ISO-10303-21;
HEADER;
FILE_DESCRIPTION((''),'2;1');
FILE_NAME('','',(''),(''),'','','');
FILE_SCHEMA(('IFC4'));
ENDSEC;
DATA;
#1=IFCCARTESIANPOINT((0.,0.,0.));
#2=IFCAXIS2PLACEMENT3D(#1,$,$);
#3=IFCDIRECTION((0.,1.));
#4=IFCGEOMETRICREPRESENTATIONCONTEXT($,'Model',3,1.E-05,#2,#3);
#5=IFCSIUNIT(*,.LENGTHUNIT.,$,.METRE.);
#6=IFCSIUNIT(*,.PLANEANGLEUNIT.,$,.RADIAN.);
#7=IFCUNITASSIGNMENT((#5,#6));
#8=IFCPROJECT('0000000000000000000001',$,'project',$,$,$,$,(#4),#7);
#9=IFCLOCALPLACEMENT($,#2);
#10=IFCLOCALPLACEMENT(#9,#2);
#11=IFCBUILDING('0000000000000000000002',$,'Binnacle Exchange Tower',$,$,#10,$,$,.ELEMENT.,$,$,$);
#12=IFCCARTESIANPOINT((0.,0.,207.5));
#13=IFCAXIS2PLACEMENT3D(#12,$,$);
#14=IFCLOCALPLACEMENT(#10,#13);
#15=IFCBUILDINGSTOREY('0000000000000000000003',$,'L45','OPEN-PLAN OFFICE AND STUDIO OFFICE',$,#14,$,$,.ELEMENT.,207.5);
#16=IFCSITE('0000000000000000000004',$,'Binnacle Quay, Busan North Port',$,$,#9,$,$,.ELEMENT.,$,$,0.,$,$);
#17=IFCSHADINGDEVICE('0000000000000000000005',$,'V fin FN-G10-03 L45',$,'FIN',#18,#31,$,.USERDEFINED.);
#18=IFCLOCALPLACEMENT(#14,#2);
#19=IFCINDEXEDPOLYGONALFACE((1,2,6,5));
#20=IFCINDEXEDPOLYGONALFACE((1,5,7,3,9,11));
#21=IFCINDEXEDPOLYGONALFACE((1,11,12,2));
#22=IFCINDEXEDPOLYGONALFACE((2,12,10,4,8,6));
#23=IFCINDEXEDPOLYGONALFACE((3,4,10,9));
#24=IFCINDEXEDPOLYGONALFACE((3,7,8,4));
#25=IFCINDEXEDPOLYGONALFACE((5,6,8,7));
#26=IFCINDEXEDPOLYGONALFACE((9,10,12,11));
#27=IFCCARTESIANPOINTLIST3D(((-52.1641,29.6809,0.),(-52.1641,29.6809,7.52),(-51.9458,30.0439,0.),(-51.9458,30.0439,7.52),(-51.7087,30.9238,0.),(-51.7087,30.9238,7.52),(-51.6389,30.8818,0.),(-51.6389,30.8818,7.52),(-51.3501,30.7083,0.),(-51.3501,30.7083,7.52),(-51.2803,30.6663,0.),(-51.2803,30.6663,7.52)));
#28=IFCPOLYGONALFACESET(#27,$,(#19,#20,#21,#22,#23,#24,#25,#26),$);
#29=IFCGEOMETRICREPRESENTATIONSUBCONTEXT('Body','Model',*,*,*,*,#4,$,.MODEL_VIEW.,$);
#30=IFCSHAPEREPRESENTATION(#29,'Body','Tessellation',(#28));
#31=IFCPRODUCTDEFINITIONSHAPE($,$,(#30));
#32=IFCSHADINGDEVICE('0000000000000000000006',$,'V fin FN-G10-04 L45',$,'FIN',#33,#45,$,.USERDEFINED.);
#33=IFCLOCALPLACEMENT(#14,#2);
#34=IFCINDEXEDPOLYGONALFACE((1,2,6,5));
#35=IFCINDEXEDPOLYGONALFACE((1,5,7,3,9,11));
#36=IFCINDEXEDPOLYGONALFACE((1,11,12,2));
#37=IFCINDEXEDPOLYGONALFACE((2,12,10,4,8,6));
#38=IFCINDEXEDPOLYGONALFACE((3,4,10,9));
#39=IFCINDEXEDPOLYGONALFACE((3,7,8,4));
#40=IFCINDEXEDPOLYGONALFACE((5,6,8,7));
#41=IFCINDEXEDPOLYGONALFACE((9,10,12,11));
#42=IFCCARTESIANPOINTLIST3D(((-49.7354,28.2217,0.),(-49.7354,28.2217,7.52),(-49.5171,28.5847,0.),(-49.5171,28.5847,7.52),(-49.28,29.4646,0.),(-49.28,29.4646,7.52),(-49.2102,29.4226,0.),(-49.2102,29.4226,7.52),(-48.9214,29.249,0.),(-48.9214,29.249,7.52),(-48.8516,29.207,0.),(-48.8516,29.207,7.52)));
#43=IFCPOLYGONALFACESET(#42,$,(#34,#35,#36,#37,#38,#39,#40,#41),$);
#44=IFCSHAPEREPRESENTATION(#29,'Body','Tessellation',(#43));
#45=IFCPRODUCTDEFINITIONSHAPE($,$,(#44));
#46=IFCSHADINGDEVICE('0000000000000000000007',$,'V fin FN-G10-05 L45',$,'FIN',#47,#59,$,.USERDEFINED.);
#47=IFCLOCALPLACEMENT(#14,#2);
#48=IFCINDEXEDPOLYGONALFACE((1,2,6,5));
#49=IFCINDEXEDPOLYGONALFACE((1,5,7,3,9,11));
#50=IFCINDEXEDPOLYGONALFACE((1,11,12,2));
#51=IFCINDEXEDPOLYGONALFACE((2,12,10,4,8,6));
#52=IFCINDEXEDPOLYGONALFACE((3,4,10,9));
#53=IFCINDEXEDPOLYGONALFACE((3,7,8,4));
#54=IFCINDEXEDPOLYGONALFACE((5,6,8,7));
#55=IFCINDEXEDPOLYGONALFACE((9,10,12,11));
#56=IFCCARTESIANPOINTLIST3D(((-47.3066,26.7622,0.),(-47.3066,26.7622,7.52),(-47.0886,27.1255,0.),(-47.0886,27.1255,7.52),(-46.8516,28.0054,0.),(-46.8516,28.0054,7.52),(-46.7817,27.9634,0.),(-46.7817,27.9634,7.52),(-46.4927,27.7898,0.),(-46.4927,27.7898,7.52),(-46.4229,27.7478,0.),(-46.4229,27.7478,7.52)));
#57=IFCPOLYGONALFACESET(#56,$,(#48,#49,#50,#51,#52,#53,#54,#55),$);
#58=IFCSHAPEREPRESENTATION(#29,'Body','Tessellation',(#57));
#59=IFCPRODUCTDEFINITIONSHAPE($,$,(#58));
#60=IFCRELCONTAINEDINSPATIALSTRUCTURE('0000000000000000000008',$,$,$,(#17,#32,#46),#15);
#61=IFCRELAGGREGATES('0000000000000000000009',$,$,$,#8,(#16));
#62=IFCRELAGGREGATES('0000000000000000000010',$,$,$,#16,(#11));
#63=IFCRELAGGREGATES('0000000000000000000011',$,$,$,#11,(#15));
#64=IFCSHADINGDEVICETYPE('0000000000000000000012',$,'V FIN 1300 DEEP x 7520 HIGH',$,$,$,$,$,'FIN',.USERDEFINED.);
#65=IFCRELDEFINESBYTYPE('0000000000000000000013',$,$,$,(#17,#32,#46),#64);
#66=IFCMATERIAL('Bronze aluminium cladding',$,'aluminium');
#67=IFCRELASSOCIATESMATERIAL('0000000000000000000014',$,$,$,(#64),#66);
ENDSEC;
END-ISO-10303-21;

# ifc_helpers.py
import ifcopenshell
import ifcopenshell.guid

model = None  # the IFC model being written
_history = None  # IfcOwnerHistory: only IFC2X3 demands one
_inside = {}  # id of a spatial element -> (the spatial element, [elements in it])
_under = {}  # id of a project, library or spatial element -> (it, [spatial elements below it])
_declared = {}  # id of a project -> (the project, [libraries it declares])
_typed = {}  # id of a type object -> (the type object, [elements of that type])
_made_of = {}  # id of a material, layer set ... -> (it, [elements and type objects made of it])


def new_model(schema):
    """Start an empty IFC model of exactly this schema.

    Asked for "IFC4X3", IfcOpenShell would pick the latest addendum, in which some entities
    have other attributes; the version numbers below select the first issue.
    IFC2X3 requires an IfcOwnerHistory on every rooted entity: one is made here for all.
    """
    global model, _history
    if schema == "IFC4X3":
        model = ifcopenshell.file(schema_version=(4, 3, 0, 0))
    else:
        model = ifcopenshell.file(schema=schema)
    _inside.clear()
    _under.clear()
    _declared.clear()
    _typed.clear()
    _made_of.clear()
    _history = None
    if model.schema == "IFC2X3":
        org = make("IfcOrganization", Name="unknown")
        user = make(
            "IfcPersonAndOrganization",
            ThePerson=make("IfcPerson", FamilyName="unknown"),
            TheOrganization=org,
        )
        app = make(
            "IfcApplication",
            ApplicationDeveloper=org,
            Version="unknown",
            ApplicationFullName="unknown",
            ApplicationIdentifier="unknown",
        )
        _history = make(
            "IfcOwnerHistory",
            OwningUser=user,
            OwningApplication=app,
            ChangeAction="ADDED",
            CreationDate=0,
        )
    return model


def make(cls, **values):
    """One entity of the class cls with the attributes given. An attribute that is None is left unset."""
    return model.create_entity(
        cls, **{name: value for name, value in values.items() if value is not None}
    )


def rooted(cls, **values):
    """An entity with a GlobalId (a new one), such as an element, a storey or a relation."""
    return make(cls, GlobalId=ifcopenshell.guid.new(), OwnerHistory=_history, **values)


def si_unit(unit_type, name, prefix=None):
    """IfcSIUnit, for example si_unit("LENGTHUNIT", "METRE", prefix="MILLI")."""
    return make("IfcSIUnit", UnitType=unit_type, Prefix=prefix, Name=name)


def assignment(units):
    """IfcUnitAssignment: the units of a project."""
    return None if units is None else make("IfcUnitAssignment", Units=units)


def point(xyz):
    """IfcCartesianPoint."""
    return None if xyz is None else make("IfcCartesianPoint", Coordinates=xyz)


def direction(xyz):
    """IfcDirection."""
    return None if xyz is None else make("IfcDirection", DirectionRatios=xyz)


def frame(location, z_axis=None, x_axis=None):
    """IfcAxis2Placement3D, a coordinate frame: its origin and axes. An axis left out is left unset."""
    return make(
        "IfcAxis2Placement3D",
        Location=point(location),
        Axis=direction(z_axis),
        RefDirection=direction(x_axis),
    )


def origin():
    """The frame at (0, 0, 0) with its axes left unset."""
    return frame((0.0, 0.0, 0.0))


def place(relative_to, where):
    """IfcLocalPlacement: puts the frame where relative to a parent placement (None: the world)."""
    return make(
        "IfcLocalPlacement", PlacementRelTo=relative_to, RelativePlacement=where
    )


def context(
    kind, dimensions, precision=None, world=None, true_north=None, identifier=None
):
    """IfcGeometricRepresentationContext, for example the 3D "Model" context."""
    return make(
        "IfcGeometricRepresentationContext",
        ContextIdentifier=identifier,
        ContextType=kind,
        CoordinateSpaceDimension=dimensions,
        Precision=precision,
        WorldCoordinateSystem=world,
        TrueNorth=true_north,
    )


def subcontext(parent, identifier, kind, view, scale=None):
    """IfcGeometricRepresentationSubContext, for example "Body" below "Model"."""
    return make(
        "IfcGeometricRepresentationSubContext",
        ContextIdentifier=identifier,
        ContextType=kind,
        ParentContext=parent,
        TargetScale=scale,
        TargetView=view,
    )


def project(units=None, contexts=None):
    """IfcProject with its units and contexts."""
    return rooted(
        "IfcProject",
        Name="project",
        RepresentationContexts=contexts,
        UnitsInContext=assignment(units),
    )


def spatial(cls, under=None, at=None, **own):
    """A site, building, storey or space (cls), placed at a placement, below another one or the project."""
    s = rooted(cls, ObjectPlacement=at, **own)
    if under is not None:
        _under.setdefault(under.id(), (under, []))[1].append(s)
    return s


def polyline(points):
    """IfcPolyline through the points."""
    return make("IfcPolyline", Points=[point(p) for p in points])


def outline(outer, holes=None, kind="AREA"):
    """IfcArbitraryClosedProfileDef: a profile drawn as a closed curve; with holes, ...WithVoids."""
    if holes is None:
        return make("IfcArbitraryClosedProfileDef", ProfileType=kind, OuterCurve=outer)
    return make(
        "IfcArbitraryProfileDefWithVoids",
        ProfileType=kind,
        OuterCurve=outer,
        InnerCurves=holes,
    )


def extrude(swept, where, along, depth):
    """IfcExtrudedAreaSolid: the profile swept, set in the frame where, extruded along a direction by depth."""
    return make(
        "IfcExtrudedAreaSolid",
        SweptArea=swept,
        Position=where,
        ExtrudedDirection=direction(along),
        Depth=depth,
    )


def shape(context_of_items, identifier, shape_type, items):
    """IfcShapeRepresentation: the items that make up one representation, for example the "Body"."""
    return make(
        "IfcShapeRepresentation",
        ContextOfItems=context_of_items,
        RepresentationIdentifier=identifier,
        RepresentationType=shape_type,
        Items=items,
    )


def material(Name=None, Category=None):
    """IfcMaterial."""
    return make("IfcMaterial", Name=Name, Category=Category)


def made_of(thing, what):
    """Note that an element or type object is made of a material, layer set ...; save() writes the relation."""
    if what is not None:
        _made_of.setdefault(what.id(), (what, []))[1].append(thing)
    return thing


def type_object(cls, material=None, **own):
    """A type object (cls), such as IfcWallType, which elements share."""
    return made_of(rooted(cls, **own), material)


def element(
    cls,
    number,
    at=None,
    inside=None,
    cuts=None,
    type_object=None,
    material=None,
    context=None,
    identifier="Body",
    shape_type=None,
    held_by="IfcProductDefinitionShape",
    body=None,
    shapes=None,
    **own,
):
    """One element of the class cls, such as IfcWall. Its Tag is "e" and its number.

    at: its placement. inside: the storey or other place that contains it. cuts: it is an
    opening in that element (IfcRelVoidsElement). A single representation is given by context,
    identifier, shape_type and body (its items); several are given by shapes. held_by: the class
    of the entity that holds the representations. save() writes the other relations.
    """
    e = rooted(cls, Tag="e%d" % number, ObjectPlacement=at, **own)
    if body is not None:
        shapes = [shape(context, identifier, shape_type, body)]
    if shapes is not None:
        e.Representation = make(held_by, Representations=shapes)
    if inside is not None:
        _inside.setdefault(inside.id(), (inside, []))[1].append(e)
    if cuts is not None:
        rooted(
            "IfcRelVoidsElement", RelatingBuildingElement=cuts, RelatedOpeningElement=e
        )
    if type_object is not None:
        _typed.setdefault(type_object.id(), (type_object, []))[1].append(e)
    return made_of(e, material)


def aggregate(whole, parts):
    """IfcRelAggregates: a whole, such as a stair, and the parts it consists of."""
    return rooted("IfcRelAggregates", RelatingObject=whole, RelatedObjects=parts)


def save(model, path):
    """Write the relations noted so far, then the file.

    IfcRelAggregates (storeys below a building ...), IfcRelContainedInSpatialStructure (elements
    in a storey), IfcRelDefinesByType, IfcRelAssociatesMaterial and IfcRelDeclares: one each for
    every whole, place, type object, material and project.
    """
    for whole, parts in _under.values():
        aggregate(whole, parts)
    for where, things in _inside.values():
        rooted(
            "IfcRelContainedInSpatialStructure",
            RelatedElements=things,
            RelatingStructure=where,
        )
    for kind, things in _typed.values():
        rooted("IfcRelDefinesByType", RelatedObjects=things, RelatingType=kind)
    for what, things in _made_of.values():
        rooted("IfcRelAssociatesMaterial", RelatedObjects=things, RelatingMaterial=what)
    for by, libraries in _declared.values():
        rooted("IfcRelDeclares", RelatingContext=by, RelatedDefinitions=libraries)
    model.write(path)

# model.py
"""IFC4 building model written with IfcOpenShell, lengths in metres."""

from ifc_helpers import new_model, si_unit, direction, frame, origin, place, context, subcontext, project, spatial, polyline, outline, extrude, material, type_object, element, save


model = new_model("IFC4")

# Units and contexts
model_context = context("Model", 3, precision=1e-05, world=origin(), true_north=direction((0.0, 1.0)))
body_context = subcontext(model_context, "Body", "Model", "MODEL_VIEW")
ifc_project = project(units=[si_unit("LENGTHUNIT", "METRE"), si_unit("PLANEANGLEUNIT", "RADIAN")], contexts=[model_context])

# Site, building, storey
site_placement = place(None, origin())
site = spatial("IfcSite", under=ifc_project, at=site_placement, Name="Binnacle Quay, Busan North Port", CompositionType="ELEMENT", RefElevation=0.0)
building_placement = place(site_placement, origin())
building = spatial("IfcBuilding", under=site, at=building_placement, Name="Binnacle Exchange Tower", CompositionType="ELEMENT")
storey_placement = place(building_placement, frame((0.0, 0.0, 207.5)))
storey = spatial("IfcBuildingStorey", under=building, at=storey_placement, Name="L45", Description="OPEN-PLAN OFFICE AND STUDIO OFFICE", CompositionType="ELEMENT", Elevation=207.5)

# Shading devices
ifc_material_1 = material(Name="Bronze aluminium cladding", Category="aluminium")
shading_device_type = type_object("IfcShadingDeviceType", Name="V FIN 1300 DEEP x 7520 HIGH", ElementType="FIN", PredefinedType="USERDEFINED", material=ifc_material_1)
shading_device_1_placement = place(storey_placement, origin())
element("IfcShadingDevice", 1, at=shading_device_1_placement, inside=storey, type_object=shading_device_type, Name="V fin FN-G10-03 L45", ObjectType="FIN", PredefinedType="USERDEFINED", context=body_context, shape_type="SweptSolid", body=[
    extrude(outline(polyline([(-51.7087, 30.9238), (-52.1641, 29.6809), (-51.2803, 30.6663), (-51.3501, 30.7083), (-51.9458, 30.0439), (-51.6389, 30.8818), (-51.7087, 30.9238)])), origin(), (0.0, 0.0, 1.0), 7.52),
])
shading_device_2_placement = place(storey_placement, origin())
element("IfcShadingDevice", 2, at=shading_device_2_placement, inside=storey, type_object=shading_device_type, Name="V fin FN-G10-04 L45", ObjectType="FIN", PredefinedType="USERDEFINED", context=body_context, shape_type="SweptSolid", body=[
    extrude(outline(polyline([(-49.28, 29.4646), (-49.7354, 28.2217), (-48.8516, 29.207), (-48.9214, 29.249), (-49.5171, 28.5847), (-49.2102, 29.4226), (-49.28, 29.4646)])), origin(), (0.0, 0.0, 1.0), 7.52),
])
shading_device_3_placement = place(storey_placement, origin())
element("IfcShadingDevice", 3, at=shading_device_3_placement, inside=storey, type_object=shading_device_type, Name="V fin FN-G10-05 L45", ObjectType="FIN", PredefinedType="USERDEFINED", context=body_context, shape_type="SweptSolid", body=[
    extrude(outline(polyline([(-46.8516, 28.0054), (-47.3066, 26.7622), (-46.4229, 27.7478), (-46.4927, 27.7898), (-47.0886, 27.1255), (-46.7817, 27.9634), (-46.8516, 28.0054)])), origin(), (0.0, 0.0, 1.0), 7.52),
])

save(model, "model.ifc")
